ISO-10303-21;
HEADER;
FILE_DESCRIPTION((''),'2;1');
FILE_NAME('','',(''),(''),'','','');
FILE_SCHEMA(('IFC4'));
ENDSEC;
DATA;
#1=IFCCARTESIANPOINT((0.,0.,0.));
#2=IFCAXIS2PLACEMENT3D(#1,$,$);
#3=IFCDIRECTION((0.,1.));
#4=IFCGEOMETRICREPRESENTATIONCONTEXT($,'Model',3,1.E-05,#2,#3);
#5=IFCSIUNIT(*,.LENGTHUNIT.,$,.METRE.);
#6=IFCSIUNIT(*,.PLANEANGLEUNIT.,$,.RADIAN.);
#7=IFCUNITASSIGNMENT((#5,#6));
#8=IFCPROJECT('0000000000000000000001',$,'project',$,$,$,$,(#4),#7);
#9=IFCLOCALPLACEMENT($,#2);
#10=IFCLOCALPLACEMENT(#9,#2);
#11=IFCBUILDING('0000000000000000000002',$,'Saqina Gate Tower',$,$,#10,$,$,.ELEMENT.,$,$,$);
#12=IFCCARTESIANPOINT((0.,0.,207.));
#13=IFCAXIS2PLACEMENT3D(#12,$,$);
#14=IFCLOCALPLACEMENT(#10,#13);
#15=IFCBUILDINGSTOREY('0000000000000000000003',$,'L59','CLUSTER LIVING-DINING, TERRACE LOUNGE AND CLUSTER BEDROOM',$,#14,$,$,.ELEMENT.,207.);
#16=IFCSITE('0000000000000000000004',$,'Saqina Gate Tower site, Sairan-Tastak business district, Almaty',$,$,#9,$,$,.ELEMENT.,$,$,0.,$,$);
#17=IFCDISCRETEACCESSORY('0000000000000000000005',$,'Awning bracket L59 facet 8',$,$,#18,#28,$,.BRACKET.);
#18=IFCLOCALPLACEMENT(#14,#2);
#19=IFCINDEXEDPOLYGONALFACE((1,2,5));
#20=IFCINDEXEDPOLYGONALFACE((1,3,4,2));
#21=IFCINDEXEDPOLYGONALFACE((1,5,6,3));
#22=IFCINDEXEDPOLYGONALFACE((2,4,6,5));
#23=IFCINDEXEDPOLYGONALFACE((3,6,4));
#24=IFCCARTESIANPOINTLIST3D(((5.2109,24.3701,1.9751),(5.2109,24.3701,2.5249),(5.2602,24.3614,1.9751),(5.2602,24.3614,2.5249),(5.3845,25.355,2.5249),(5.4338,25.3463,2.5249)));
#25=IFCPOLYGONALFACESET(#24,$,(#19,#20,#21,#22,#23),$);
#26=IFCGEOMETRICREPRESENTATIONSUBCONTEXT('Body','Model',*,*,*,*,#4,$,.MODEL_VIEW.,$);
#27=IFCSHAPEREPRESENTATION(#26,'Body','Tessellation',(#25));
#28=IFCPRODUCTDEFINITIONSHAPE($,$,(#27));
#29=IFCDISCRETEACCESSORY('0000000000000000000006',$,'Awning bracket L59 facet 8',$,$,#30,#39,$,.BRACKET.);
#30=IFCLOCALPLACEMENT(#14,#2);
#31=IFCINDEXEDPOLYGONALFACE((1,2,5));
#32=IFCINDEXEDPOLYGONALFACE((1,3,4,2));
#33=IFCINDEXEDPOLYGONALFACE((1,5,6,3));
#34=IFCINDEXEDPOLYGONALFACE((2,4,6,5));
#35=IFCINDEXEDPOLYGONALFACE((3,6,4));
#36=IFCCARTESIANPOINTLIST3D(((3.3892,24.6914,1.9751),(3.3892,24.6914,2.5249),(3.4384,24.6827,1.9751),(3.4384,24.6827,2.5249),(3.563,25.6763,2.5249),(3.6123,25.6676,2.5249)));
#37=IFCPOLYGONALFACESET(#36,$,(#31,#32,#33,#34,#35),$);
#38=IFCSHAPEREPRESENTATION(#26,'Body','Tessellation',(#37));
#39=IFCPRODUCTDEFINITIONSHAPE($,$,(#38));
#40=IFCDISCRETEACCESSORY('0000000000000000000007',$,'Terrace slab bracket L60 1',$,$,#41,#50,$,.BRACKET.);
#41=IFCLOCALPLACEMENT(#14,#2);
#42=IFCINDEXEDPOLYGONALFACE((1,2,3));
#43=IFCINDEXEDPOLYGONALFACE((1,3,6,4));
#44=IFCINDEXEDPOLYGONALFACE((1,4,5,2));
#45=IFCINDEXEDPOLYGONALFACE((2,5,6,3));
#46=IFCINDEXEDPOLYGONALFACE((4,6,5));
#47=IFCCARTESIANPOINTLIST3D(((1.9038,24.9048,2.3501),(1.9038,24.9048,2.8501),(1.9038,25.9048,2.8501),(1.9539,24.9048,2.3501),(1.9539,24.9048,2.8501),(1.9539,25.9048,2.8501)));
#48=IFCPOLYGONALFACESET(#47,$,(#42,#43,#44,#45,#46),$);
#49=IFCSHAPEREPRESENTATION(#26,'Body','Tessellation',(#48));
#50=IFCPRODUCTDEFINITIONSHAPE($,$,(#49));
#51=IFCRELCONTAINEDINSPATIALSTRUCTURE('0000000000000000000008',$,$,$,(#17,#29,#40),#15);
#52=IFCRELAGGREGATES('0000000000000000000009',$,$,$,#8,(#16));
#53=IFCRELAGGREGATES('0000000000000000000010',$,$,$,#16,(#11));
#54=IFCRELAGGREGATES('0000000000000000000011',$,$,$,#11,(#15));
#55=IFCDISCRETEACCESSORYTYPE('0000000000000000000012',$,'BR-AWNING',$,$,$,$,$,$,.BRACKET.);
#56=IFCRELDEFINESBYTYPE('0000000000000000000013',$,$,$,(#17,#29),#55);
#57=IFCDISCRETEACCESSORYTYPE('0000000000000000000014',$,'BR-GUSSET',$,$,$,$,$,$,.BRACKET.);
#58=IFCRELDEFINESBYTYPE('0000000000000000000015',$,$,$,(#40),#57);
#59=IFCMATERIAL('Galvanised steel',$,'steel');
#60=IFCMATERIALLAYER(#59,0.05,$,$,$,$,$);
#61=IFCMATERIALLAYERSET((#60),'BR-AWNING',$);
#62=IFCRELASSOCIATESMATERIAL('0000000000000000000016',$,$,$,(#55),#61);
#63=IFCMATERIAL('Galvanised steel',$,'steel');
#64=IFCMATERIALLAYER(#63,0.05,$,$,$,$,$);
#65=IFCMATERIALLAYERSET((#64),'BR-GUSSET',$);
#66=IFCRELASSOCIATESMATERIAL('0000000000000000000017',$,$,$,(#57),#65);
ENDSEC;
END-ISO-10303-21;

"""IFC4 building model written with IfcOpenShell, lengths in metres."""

from ifc_helpers import new_model, si_unit, direction, frame, origin, place, context, subcontext, project, spatial, polyline, outline, extrude, material, layer, layer_set, type_object, element, save


model = new_model("IFC4")

# Units and contexts
model_context = context("Model", 3, precision=1e-05, world=origin(), true_north=direction((0.0, 1.0)))
body_context = subcontext(model_context, "Body", "Model", "MODEL_VIEW")
ifc_project = project(units=[si_unit("LENGTHUNIT", "METRE"), si_unit("PLANEANGLEUNIT", "RADIAN")], contexts=[model_context])

# Site, building, storey
site_placement = place(None, origin())
site = spatial("IfcSite", under=ifc_project, at=site_placement, Name="Saqina Gate Tower site, Sairan-Tastak business district, Almaty", CompositionType="ELEMENT", RefElevation=0.0)
building_placement = place(site_placement, origin())
building = spatial("IfcBuilding", under=site, at=building_placement, Name="Saqina Gate Tower", CompositionType="ELEMENT")
storey_placement = place(building_placement, frame((0.0, 0.0, 207.0)))
storey = spatial("IfcBuildingStorey", under=building, at=storey_placement, Name="L59", Description="CLUSTER LIVING-DINING, TERRACE LOUNGE AND CLUSTER BEDROOM", CompositionType="ELEMENT", Elevation=207.0)

# Discrete accessories
ifc_material_1 = material(Name="Galvanised steel", Category="steel")
ifc_layer_1 = layer(ifc_material_1, 0.05)
ifc_layer_set_1 = layer_set([ifc_layer_1], Name="BR-AWNING")
discrete_accessory_type_1 = type_object("IfcDiscreteAccessoryType", Name="BR-AWNING", PredefinedType="BRACKET", material=ifc_layer_set_1)
discrete_accessory_1_placement = place(storey_placement, frame((5.2109, 24.3701, 1.9751), z_axis=(-0.98482, 0.173576, 0.0), x_axis=(0.0, 0.0, 1.0)))
element("IfcDiscreteAccessory", 1, at=discrete_accessory_1_placement, inside=storey, type_object=discrete_accessory_type_1, Name="Awning bracket L59 facet 8", PredefinedType="BRACKET", context=body_context, shape_type="SweptSolid", body=[
    extrude(outline(polyline([(0.0, 0.0), (0.5498, 0.0), (0.5498, 1.0), (0.0, 0.0)])), origin(), (0.0, 0.0, -1.0), 0.05),
])
discrete_accessory_2_placement = place(storey_placement, frame((3.3892, 24.6914, 1.9751), z_axis=(-0.984779, 0.173813, 0.0), x_axis=(0.0, 0.0, 1.0)))
element("IfcDiscreteAccessory", 2, at=discrete_accessory_2_placement, inside=storey, type_object=discrete_accessory_type_1, Name="Awning bracket L59 facet 8", PredefinedType="BRACKET", context=body_context, shape_type="SweptSolid", body=[
    extrude(outline(polyline([(0.0, 0.0), (0.5498, 0.0), (0.5498, 1.0001), (0.0, 0.0)])), origin(), (0.0, 0.0, -1.0), 0.05),
])
ifc_material_2 = material(Name="Galvanised steel", Category="steel")
ifc_layer_2 = layer(ifc_material_2, 0.05)
ifc_layer_set_2 = layer_set([ifc_layer_2], Name="BR-GUSSET")
discrete_accessory_type_2 = type_object("IfcDiscreteAccessoryType", Name="BR-GUSSET", PredefinedType="BRACKET", material=ifc_layer_set_2)
discrete_accessory_3_placement = place(storey_placement, frame((1.9038, 24.9048, 2.3501), z_axis=(-1.0, 0.0, 0.0), x_axis=(0.0, 0.0, 1.0)))
element("IfcDiscreteAccessory", 3, at=discrete_accessory_3_placement, inside=storey, type_object=discrete_accessory_type_2, Name="Terrace slab bracket L60 1", PredefinedType="BRACKET", context=body_context, shape_type="SweptSolid", body=[
    extrude(outline(polyline([(0.0, 0.0), (0.5, 0.0), (0.5, 1.0), (0.0, 0.0)])), origin(), (0.0, 0.0, -1.0), 0.05),
])

save(model, "model.ifc")
